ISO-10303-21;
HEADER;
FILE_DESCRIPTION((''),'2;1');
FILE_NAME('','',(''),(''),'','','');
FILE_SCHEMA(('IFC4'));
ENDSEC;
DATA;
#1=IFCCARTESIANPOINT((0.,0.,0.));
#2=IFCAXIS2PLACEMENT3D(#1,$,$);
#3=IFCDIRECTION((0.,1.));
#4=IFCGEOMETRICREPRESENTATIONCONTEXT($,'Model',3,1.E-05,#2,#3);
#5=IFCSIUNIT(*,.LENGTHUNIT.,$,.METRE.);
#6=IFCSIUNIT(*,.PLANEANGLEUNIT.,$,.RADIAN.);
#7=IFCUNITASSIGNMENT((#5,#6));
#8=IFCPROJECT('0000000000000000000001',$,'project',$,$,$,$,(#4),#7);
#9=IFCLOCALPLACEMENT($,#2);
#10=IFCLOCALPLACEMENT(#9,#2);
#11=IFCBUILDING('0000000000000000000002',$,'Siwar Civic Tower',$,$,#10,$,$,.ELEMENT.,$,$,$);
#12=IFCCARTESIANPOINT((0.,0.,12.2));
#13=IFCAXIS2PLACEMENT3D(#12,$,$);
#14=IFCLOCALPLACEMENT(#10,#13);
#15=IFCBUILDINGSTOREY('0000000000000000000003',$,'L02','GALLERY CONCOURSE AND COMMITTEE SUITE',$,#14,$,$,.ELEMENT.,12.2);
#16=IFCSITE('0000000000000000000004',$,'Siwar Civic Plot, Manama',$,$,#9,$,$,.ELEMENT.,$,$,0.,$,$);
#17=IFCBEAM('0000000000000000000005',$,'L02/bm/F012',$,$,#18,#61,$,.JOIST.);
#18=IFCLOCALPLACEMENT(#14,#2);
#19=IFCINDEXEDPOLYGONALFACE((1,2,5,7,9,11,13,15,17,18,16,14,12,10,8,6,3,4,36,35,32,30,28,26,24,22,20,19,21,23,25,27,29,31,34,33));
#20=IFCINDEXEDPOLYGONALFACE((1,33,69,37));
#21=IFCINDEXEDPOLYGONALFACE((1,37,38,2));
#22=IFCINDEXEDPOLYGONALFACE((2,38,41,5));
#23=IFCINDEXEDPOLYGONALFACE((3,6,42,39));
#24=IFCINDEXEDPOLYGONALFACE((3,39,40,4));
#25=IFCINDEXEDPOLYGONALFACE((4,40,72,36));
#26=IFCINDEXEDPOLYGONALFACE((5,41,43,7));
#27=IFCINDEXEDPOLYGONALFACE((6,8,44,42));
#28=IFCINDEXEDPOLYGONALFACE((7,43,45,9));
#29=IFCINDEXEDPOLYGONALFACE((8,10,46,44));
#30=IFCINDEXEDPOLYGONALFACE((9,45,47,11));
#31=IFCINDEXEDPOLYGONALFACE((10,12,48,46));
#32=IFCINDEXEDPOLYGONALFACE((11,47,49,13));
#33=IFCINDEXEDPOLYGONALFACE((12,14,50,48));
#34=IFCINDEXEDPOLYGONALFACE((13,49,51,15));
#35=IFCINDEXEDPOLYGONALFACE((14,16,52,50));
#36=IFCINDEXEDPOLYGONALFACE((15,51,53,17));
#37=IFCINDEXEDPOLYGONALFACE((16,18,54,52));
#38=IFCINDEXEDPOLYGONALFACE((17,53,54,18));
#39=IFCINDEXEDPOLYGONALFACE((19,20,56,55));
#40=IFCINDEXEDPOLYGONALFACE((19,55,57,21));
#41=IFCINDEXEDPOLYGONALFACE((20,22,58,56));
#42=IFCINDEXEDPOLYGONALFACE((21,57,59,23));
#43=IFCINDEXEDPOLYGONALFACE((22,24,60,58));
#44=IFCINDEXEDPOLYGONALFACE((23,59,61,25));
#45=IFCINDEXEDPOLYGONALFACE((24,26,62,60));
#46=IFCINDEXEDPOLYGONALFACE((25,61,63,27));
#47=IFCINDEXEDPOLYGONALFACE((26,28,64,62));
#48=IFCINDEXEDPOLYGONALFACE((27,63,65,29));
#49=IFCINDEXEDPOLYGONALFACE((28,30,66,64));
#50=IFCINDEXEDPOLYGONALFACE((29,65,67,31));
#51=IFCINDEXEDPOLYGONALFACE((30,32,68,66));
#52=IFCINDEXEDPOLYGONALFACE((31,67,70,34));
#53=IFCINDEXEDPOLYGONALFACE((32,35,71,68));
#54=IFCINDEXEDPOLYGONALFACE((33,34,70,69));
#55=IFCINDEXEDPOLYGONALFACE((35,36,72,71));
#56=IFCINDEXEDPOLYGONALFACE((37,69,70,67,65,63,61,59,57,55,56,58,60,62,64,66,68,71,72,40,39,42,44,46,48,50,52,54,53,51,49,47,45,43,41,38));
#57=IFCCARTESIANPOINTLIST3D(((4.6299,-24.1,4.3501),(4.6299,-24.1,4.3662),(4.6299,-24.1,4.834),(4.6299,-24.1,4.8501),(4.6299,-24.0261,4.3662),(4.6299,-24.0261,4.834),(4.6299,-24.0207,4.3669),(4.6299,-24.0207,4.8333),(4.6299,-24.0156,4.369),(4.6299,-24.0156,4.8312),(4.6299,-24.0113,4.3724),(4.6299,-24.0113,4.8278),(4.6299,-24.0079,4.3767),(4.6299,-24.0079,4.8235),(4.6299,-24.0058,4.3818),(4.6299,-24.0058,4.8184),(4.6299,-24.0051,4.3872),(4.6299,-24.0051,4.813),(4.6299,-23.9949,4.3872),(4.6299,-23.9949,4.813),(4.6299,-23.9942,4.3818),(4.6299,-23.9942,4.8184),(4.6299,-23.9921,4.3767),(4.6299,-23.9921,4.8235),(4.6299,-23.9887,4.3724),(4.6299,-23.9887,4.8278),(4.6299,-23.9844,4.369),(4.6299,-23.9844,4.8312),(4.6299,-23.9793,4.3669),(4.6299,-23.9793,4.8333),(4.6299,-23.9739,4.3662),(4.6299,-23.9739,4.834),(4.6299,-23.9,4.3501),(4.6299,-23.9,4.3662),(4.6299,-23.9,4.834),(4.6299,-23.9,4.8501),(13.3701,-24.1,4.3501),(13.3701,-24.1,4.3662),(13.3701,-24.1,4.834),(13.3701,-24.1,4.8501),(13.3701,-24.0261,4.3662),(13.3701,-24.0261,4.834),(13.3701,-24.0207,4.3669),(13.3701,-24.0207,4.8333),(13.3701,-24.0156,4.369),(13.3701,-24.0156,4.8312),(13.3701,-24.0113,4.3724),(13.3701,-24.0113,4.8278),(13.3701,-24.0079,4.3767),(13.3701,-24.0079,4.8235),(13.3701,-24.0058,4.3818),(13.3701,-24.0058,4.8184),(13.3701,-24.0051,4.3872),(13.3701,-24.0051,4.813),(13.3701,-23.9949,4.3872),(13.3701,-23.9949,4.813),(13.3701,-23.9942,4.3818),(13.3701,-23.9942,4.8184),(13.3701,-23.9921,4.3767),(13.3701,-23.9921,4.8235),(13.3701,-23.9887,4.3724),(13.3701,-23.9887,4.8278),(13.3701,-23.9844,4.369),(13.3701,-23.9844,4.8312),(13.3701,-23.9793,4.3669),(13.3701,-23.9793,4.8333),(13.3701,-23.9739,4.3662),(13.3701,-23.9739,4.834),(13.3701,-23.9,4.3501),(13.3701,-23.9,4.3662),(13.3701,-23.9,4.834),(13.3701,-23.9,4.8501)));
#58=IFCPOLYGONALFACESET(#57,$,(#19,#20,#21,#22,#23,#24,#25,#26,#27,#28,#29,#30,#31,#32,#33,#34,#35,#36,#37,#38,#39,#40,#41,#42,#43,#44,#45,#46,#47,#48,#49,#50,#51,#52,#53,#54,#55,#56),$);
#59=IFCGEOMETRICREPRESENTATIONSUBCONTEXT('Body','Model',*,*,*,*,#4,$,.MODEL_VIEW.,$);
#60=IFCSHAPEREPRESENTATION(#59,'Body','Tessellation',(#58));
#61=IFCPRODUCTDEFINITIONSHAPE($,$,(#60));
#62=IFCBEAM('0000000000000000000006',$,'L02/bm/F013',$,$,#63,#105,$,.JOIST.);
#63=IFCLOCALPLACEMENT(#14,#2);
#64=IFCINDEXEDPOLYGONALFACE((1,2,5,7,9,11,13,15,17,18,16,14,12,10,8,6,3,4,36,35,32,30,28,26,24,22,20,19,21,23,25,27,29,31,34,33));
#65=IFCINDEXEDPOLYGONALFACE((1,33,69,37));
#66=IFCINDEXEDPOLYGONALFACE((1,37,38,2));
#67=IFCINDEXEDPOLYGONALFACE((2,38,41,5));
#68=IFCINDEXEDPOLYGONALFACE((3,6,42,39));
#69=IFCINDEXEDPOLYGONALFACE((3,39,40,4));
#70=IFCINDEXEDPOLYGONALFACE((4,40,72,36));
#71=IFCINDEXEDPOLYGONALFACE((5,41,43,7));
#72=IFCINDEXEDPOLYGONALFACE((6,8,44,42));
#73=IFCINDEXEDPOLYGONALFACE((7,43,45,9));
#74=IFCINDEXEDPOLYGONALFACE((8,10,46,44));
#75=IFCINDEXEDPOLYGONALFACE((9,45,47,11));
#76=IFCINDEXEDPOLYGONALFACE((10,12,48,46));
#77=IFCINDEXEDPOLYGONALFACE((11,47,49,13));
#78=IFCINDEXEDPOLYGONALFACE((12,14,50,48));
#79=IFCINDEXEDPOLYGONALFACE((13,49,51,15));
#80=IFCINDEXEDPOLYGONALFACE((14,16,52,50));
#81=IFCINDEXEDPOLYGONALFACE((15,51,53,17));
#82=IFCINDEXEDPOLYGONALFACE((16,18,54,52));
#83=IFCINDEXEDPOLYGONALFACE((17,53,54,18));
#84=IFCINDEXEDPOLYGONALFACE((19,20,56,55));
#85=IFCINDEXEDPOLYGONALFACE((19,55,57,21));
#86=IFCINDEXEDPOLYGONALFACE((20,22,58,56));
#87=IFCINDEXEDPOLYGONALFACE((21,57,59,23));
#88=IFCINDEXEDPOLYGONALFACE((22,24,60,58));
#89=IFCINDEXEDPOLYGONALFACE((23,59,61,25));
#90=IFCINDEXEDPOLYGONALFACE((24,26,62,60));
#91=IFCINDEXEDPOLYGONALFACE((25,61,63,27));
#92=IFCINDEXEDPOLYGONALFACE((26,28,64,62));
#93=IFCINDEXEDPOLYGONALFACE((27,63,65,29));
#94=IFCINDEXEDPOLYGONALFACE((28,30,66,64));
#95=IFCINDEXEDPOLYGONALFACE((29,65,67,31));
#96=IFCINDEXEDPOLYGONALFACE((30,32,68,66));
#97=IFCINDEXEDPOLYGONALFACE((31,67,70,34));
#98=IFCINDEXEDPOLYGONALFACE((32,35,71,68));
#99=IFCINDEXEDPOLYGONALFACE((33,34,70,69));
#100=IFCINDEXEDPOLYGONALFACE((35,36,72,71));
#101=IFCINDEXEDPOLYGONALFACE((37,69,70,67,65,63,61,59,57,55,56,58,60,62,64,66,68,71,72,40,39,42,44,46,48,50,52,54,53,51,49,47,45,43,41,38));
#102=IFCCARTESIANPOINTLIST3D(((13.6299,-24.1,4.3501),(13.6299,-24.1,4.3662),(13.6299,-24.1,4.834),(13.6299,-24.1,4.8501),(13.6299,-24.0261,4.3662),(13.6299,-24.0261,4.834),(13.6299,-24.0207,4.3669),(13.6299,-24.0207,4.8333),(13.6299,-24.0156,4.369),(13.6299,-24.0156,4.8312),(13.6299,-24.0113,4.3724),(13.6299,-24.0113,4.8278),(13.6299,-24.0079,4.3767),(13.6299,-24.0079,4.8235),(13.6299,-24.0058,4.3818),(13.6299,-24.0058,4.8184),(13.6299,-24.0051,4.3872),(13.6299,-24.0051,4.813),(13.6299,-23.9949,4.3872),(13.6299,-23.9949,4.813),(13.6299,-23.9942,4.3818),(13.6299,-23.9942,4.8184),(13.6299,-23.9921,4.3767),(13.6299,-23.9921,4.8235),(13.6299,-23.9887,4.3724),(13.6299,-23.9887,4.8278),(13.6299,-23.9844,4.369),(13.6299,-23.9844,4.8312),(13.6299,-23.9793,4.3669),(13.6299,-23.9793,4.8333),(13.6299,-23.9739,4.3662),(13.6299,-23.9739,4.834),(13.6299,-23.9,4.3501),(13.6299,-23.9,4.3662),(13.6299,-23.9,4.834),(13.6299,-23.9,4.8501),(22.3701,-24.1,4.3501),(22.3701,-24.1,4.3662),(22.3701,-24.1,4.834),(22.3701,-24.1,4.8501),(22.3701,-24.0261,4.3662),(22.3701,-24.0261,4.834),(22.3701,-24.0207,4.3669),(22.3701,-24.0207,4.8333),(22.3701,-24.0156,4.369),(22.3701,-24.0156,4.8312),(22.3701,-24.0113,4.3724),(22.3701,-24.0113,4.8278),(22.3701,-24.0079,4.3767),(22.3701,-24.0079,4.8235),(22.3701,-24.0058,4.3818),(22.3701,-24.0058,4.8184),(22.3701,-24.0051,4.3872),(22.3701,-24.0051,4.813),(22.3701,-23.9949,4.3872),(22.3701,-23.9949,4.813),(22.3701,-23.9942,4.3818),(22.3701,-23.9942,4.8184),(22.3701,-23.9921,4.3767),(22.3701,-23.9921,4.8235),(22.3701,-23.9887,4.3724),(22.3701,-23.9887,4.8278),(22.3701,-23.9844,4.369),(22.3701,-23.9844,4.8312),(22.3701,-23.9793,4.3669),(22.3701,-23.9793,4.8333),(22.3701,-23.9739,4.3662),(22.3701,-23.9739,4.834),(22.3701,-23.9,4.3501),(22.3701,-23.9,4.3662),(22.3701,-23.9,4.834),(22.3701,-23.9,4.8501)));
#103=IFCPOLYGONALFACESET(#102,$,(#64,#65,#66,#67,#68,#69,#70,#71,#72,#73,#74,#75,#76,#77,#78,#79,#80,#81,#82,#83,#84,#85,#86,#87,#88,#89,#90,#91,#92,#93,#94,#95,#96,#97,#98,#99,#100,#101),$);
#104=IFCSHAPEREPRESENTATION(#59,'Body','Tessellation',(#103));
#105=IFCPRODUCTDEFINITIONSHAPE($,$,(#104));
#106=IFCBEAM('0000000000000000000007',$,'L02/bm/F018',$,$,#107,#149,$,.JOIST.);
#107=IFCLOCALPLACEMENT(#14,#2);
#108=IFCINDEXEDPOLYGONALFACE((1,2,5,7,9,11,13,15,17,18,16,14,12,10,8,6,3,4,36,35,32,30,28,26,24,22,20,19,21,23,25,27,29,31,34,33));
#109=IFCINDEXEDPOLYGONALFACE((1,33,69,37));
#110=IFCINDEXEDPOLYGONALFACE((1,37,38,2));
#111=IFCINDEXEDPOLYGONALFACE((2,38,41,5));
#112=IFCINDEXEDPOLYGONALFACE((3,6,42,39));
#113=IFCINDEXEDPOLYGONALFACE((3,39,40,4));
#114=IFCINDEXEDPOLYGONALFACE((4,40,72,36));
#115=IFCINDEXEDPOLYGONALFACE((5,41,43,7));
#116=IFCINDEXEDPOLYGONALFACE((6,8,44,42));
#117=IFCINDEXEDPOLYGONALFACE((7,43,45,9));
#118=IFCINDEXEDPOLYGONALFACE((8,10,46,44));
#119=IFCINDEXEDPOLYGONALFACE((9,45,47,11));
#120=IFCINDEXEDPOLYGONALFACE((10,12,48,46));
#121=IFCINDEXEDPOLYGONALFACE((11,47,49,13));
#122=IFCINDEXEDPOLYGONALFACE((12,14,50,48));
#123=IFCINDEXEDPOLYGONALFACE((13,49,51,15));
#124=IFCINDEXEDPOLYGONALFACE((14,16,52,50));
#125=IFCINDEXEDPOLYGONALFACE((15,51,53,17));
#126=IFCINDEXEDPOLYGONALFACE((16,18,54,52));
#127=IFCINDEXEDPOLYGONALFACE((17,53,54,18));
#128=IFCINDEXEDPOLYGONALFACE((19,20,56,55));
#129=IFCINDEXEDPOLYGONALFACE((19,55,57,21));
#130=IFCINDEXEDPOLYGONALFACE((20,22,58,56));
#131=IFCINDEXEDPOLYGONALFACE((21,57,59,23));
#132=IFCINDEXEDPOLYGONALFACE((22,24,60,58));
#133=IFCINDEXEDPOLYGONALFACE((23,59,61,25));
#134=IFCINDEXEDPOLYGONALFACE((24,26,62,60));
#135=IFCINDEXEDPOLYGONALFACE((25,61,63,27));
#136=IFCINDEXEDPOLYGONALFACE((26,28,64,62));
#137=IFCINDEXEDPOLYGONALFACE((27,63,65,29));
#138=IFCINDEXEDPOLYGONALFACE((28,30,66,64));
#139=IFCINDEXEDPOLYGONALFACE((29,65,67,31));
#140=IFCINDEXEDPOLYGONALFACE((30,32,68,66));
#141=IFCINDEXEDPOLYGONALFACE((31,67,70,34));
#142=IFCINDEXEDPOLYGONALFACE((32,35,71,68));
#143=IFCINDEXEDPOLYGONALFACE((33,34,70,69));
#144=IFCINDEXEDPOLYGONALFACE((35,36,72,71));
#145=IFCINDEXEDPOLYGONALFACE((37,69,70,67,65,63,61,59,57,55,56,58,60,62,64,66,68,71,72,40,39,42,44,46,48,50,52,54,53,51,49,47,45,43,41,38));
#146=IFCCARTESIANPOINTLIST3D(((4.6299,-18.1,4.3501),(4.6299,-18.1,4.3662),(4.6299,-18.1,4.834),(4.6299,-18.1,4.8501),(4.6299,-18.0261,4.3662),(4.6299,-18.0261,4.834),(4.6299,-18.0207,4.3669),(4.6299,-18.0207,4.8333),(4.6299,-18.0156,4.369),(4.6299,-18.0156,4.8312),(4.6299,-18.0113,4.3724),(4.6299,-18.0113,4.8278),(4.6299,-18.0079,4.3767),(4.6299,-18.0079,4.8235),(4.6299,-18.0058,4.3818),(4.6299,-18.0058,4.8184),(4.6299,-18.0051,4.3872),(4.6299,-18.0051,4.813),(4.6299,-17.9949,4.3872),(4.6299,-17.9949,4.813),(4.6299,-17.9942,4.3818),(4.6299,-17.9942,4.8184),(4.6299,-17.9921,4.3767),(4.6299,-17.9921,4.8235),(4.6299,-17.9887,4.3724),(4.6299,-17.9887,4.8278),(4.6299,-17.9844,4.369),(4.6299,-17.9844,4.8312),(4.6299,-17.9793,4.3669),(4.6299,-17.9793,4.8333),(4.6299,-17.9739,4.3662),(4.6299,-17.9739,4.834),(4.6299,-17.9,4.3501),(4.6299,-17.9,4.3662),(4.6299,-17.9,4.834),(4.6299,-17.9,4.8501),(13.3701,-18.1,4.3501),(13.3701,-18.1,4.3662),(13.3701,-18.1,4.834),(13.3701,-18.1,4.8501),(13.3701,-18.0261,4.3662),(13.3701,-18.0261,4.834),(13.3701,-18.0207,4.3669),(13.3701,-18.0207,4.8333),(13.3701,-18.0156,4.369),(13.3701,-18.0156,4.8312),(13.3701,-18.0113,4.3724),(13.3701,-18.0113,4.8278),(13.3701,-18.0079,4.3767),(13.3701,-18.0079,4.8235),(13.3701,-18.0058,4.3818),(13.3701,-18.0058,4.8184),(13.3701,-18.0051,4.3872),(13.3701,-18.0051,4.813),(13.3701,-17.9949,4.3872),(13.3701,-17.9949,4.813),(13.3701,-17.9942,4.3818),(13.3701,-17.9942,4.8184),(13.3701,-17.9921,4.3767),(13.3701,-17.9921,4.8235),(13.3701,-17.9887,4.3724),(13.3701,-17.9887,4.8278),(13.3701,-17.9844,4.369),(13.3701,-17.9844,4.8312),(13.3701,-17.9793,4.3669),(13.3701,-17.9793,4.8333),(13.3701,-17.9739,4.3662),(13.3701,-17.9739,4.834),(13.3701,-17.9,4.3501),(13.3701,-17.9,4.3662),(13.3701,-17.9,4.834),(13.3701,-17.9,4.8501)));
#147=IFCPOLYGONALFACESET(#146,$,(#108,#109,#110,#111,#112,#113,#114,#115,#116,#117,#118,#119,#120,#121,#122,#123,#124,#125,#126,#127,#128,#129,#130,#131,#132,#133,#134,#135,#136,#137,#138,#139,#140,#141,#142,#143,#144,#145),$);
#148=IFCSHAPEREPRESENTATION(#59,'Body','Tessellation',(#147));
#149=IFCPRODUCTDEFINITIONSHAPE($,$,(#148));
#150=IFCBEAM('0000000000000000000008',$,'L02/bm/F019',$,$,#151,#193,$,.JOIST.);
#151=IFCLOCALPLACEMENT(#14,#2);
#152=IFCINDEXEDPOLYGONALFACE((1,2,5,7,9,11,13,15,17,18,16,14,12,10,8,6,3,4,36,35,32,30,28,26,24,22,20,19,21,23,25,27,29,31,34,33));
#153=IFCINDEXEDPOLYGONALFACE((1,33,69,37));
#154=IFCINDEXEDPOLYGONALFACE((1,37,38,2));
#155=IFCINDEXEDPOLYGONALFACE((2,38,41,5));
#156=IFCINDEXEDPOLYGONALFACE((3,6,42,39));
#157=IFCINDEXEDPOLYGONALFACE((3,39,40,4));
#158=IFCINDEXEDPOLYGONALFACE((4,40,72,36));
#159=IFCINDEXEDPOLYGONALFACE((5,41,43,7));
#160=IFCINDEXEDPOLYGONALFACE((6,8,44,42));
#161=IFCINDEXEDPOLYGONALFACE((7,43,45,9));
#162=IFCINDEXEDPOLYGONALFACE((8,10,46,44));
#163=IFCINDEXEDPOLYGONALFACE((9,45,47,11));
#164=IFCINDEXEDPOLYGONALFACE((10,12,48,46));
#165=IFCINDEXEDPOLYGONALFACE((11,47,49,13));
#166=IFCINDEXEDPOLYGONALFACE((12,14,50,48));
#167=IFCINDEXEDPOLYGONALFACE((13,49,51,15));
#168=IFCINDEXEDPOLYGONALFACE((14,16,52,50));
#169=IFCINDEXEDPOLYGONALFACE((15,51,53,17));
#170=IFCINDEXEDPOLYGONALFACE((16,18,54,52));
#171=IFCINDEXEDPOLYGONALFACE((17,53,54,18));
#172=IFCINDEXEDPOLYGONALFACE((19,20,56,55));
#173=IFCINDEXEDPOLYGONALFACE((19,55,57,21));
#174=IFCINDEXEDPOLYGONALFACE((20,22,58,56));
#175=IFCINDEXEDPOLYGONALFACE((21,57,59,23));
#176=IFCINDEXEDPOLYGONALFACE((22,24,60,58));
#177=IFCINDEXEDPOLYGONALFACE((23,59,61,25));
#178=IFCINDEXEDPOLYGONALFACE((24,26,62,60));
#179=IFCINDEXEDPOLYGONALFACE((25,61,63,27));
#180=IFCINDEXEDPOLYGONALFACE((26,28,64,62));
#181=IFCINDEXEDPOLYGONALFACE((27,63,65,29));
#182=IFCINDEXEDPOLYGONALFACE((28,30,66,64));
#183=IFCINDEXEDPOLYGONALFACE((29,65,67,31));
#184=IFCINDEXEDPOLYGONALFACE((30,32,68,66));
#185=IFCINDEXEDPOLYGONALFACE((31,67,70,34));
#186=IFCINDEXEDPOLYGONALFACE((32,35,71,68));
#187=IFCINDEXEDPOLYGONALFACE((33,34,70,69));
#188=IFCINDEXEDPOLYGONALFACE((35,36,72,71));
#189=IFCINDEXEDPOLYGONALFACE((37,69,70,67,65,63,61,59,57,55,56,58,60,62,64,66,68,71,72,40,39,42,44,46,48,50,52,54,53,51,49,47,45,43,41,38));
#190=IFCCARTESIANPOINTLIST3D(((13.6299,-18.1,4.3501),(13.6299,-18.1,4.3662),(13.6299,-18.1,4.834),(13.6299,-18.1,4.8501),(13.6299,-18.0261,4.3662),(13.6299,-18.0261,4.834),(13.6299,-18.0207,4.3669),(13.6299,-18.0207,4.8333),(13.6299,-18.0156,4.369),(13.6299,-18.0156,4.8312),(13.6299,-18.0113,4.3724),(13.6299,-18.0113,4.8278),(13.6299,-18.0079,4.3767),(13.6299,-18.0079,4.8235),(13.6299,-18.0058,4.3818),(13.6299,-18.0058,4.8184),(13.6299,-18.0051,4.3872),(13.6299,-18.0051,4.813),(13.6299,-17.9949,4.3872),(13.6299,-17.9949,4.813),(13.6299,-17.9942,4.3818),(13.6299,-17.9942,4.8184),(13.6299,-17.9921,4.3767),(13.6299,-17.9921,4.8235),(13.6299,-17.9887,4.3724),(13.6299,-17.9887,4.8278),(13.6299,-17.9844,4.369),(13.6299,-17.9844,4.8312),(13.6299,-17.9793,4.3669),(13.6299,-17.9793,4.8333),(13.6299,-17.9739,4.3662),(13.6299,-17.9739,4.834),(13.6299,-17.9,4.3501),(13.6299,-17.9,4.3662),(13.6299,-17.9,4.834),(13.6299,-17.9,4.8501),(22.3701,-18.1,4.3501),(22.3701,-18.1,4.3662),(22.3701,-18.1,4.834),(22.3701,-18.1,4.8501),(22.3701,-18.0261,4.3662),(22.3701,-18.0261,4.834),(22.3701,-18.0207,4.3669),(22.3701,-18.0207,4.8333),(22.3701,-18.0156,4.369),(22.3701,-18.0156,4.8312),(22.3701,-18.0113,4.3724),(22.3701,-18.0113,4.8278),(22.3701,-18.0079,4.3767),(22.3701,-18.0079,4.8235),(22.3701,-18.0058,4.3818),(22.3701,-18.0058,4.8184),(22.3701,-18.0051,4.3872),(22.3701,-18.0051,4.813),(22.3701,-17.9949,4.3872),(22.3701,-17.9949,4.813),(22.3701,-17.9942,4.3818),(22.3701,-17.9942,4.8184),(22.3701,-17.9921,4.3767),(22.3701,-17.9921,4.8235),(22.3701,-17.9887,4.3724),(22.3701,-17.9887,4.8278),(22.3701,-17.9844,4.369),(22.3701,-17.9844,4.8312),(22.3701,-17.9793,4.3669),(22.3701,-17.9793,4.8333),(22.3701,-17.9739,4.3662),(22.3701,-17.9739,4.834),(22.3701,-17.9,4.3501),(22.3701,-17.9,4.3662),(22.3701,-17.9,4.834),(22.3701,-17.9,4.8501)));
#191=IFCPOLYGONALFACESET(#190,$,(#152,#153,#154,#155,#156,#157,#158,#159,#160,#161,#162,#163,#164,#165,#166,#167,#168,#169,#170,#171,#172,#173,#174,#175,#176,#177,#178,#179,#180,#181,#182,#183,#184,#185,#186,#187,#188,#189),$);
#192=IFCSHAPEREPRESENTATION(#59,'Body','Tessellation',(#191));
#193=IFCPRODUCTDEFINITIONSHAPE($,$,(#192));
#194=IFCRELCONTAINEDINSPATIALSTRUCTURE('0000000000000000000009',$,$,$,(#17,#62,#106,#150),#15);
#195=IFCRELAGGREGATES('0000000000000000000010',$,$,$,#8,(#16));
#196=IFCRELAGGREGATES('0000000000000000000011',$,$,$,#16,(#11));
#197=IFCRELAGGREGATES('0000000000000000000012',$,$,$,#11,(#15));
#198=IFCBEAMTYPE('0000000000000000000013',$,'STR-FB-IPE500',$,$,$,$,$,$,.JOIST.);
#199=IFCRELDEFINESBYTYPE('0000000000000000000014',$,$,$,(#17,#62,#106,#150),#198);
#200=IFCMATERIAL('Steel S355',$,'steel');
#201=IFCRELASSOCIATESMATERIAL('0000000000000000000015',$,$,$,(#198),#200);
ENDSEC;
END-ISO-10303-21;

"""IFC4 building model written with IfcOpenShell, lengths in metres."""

from ifc_helpers import new_model, si_unit, direction, frame, origin, origin_2d, place, context, subcontext, project, spatial, i_section, extrude, material, material_profile, profile_set, type_object, element, save


model = new_model("IFC4")

# Units and contexts
model_context = context("Model", 3, precision=1e-05, world=origin(), true_north=direction((0.0, 1.0)))
body_context = subcontext(model_context, "Body", "Model", "MODEL_VIEW")
ifc_project = project(units=[si_unit("LENGTHUNIT", "METRE"), si_unit("PLANEANGLEUNIT", "RADIAN")], contexts=[model_context])

# Site, building, storey
site_placement = place(None, origin())
site = spatial("IfcSite", under=ifc_project, at=site_placement, Name="Siwar Civic Plot, Manama", CompositionType="ELEMENT", RefElevation=0.0)
building_placement = place(site_placement, origin())
building = spatial("IfcBuilding", under=site, at=building_placement, Name="Siwar Civic Tower", CompositionType="ELEMENT")
storey_placement = place(building_placement, frame((0.0, 0.0, 12.2)))
storey = spatial("IfcBuildingStorey", under=building, at=storey_placement, Name="L02", Description="GALLERY CONCOURSE AND COMMITTEE SUITE", CompositionType="ELEMENT", Elevation=12.2)

# Beams
ifc_material_1 = material(Name="Steel S355", Category="steel")
ifc_material_profile_1 = material_profile(ifc_material_1, i_section(OverallWidth=0.2, OverallDepth=0.5, WebThickness=0.0103, FlangeThickness=0.0161, FilletRadius=0.021, at=origin_2d()), Name="IPE500")
ifc_profile_set_1 = profile_set([ifc_material_profile_1], Name="Steel S355")
beam_type_1 = type_object("IfcBeamType", Name="STR-FB-IPE500", PredefinedType="JOIST", material=ifc_profile_set_1)
for number, where, z_axis, x_axis, name in (
    (1, (4.6299, -24.0, 4.6001), (1.0, 0.0, 0.0), (0.0, 1.0, 0.0), "L02/bm/F012"),
    (2, (13.6299, -24.0, 4.6001), (1.0, 0.0, 0.0), (0.0, 1.0, 0.0), "L02/bm/F013"),
    (3, (4.6299, -18.0, 4.6001), (1.0, 0.0, 0.0), (0.0, 1.0, 0.0), "L02/bm/F018"),
    (4, (13.6299, -18.0, 4.6001), (1.0, 0.0, 0.0), (0.0, 1.0, 0.0), "L02/bm/F019"),
):
    element("IfcBeam", number, at=place(storey_placement, frame(where, z_axis=z_axis, x_axis=x_axis)), inside=storey, type_object=beam_type_1, Name=name, PredefinedType="JOIST", context=body_context, shape_type="SweptSolid", body=[
        extrude(i_section(OverallWidth=0.2, OverallDepth=0.5, WebThickness=0.0103, FlangeThickness=0.0161, FilletRadius=0.021, at=origin_2d()), origin(), (0.0, 0.0, 1.0), 8.7402),
    ])

save(model, "model.ifc")
